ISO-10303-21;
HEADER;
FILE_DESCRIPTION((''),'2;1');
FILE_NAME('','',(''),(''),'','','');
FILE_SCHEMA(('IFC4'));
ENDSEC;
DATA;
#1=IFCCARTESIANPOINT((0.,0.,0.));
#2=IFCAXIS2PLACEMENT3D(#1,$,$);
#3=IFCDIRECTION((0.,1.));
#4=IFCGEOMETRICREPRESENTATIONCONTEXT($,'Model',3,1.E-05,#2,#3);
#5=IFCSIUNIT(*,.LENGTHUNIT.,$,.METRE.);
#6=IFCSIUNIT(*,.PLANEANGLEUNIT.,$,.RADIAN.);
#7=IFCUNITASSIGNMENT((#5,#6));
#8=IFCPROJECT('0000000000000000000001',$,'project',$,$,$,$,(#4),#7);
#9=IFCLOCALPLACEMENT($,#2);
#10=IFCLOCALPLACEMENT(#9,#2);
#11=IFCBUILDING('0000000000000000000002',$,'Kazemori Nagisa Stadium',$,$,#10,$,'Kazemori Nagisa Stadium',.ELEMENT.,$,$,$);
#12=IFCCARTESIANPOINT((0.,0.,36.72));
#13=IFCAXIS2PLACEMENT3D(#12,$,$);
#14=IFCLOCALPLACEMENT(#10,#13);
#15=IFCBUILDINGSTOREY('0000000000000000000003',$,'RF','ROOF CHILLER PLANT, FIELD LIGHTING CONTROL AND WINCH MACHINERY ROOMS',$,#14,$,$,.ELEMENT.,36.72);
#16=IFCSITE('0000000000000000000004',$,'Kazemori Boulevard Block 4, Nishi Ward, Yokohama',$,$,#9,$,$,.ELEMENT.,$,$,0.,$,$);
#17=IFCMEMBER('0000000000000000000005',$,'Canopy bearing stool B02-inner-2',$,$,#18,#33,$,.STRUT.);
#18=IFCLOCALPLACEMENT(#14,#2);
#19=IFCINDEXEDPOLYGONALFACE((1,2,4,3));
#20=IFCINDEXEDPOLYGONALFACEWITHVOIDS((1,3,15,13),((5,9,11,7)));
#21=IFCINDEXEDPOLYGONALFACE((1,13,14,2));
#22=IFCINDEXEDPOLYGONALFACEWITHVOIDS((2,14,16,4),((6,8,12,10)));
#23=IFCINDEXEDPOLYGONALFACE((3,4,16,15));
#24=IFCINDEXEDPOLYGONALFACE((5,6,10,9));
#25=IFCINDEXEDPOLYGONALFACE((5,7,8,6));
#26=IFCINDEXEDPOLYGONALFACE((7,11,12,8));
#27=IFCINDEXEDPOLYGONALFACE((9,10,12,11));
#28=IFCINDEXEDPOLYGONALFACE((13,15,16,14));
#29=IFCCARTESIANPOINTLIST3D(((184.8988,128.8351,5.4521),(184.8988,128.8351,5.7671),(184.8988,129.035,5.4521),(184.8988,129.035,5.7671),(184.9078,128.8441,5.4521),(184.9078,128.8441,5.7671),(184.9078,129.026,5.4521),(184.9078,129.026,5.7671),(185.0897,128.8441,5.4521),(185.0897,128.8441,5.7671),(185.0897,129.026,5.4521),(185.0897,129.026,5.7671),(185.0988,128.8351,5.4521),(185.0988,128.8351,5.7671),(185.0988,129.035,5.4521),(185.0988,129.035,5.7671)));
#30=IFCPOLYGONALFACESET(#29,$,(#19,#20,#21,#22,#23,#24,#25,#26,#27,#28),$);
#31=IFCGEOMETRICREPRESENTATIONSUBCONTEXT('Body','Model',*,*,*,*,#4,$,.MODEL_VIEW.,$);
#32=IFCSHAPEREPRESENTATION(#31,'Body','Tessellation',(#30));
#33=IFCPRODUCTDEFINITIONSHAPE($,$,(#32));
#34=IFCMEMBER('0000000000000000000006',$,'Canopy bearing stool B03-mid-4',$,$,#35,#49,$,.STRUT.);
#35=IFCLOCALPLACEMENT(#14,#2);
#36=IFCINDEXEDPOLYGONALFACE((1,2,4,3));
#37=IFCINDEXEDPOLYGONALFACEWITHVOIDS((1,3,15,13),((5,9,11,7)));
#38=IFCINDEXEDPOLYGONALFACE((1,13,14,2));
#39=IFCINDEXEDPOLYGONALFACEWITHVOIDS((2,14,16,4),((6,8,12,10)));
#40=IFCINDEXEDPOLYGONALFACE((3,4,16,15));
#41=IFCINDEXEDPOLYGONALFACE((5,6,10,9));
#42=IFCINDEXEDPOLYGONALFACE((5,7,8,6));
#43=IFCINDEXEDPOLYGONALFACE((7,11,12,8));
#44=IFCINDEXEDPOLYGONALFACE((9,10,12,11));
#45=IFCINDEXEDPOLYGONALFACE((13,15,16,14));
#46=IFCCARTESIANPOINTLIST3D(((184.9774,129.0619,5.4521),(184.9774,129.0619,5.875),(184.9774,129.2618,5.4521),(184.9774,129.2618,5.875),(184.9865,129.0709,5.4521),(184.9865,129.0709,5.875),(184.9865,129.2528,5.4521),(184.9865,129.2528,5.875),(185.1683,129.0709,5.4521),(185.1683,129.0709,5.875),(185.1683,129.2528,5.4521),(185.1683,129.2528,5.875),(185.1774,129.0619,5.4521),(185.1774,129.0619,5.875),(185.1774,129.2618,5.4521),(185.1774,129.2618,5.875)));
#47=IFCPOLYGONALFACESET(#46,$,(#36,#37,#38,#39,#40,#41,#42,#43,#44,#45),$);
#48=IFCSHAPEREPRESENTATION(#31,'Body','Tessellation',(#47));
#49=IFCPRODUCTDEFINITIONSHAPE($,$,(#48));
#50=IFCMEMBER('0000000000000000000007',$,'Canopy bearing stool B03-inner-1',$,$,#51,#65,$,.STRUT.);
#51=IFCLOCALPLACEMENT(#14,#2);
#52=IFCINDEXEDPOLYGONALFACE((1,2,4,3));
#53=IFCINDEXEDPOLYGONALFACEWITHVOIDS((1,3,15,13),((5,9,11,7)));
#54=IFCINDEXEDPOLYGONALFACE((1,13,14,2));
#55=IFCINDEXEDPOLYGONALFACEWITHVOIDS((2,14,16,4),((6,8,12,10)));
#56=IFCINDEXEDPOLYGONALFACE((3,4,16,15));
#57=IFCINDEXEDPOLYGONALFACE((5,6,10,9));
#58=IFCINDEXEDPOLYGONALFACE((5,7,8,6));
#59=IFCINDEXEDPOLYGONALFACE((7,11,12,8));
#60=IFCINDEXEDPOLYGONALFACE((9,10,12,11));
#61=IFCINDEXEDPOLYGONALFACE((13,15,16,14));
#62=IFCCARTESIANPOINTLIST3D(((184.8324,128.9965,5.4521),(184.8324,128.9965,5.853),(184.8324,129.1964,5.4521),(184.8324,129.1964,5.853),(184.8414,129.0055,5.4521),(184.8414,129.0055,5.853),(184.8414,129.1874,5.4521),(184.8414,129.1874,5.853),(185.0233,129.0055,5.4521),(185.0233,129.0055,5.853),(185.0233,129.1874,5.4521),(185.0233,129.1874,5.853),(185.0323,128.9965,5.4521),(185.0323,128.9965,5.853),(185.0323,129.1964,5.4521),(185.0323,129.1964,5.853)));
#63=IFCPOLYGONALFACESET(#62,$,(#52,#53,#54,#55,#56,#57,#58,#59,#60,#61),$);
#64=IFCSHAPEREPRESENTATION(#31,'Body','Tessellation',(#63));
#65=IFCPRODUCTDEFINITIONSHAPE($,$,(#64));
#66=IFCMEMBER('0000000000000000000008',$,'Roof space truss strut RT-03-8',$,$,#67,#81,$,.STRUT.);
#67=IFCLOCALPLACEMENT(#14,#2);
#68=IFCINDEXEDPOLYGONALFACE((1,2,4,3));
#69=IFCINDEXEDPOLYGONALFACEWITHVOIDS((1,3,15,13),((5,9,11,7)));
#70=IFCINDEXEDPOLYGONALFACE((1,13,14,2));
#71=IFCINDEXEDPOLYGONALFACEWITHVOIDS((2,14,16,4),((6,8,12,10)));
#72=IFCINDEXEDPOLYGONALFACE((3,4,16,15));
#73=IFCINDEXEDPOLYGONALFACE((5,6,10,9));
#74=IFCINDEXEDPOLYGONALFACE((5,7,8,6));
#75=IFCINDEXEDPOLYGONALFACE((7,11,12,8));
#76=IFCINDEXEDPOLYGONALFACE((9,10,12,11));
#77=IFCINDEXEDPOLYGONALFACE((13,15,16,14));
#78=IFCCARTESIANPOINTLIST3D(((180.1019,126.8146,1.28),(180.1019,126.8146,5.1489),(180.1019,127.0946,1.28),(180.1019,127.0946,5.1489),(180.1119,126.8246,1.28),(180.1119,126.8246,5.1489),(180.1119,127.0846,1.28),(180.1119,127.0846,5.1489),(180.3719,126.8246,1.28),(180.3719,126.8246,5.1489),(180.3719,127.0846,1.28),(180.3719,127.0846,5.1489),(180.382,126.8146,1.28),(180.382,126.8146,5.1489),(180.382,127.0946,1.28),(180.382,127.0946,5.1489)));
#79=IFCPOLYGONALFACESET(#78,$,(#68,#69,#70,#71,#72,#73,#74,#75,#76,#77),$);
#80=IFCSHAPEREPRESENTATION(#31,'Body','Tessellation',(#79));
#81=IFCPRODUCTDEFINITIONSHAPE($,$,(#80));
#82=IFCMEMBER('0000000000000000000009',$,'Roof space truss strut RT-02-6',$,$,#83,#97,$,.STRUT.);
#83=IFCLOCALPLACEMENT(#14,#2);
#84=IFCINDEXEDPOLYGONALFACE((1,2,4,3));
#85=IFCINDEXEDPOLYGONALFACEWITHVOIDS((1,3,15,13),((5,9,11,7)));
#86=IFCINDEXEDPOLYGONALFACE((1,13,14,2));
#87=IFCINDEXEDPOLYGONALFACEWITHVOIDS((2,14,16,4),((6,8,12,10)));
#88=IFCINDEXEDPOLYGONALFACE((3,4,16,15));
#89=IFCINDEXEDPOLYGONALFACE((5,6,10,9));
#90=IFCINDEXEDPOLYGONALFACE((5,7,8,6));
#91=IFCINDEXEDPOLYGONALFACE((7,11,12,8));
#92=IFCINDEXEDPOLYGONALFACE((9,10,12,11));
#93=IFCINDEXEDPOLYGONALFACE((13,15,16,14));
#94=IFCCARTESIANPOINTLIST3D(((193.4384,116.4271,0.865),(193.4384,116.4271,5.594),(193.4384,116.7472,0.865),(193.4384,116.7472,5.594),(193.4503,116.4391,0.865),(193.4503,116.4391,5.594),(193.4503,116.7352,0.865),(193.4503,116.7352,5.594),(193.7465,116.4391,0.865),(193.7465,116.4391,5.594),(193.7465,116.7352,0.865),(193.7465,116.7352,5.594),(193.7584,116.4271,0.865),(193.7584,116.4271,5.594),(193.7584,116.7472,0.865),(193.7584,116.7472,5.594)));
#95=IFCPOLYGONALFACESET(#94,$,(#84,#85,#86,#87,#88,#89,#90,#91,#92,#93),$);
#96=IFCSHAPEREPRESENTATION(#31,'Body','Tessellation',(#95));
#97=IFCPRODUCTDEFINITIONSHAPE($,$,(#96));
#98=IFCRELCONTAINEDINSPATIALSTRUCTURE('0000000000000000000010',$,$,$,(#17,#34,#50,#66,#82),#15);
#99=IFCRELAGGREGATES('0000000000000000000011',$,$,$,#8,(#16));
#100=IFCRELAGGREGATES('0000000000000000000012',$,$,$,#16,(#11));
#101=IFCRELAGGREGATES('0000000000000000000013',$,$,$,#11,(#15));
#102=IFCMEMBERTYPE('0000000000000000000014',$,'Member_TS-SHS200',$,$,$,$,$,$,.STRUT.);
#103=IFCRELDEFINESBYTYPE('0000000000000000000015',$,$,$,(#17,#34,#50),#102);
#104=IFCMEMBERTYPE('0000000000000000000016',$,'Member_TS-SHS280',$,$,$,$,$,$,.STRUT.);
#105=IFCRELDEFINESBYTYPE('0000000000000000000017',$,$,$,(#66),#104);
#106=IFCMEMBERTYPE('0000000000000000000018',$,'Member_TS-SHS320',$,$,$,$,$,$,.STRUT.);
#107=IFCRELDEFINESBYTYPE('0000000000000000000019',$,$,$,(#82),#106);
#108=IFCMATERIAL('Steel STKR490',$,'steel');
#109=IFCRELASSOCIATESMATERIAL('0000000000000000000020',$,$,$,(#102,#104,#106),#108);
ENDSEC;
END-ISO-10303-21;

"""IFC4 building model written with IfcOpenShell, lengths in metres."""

from ifc_helpers import new_model, si_unit, direction, frame, origin, origin_2d, place, context, subcontext, project, spatial, hollow_rectangle, extrude, material, material_profile, profile_set, type_object, element, save


model = new_model("IFC4")

# Units and contexts
model_context = context("Model", 3, precision=1e-05, world=origin(), true_north=direction((0.0, 1.0)))
body_context = subcontext(model_context, "Body", "Model", "MODEL_VIEW")
ifc_project = project(units=[si_unit("LENGTHUNIT", "METRE"), si_unit("PLANEANGLEUNIT", "RADIAN")], contexts=[model_context])

# Site, building, storey
site_placement = place(None, origin())
site = spatial("IfcSite", under=ifc_project, at=site_placement, Name="Kazemori Boulevard Block 4, Nishi Ward, Yokohama", CompositionType="ELEMENT", RefElevation=0.0)
building_placement = place(site_placement, origin())
building = spatial("IfcBuilding", under=site, at=building_placement, Name="Kazemori Nagisa Stadium", LongName="Kazemori Nagisa Stadium", CompositionType="ELEMENT")
storey_placement = place(building_placement, frame((0.0, 0.0, 36.72)))
storey = spatial("IfcBuildingStorey", under=building, at=storey_placement, Name="RF", Description="ROOF CHILLER PLANT, FIELD LIGHTING CONTROL AND WINCH MACHINERY ROOMS", CompositionType="ELEMENT", Elevation=36.72)

# Members
ifc_material_1 = material(Name="Steel STKR490", Category="steel")
ifc_material_profile_1 = material_profile(ifc_material_1, hollow_rectangle(XDim=0.2, YDim=0.2, WallThickness=0.009, at=origin_2d()), Name="SHS-200x200x9")
ifc_profile_set_1 = profile_set([ifc_material_profile_1], Name="Steel STKR490")
member_type_1 = type_object("IfcMemberType", Name="Member_TS-SHS200", PredefinedType="STRUT", material=ifc_profile_set_1)
member_1_placement = place(storey_placement, frame((184.9988, 128.9351, 5.4521), z_axis=(0.0, 0.0, 1.0), x_axis=(1.0, 0.0, 0.0)))
element("IfcMember", 1, at=member_1_placement, inside=storey, type_object=member_type_1, Name="Canopy bearing stool B02-inner-2", PredefinedType="STRUT", context=body_context, shape_type="SweptSolid", body=[
    extrude(hollow_rectangle(XDim=0.2, YDim=0.2, WallThickness=0.009, at=origin_2d()), origin(), (0.0, 0.0, 1.0), 0.3149),
])
member_2_placement = place(storey_placement, frame((185.0774, 129.1619, 5.4521), z_axis=(0.0, 0.0, 1.0), x_axis=(1.0, 0.0, 0.0)))
element("IfcMember", 2, at=member_2_placement, inside=storey, type_object=member_type_1, Name="Canopy bearing stool B03-mid-4", PredefinedType="STRUT", context=body_context, shape_type="SweptSolid", body=[
    extrude(hollow_rectangle(XDim=0.2, YDim=0.2, WallThickness=0.009, at=origin_2d()), origin(), (0.0, 0.0, 1.0), 0.4229),
])
member_3_placement = place(storey_placement, frame((184.9324, 129.0964, 5.4521), z_axis=(0.0, 0.0, 1.0), x_axis=(1.0, 0.0, 0.0)))
element("IfcMember", 3, at=member_3_placement, inside=storey, type_object=member_type_1, Name="Canopy bearing stool B03-inner-1", PredefinedType="STRUT", context=body_context, shape_type="SweptSolid", body=[
    extrude(hollow_rectangle(XDim=0.2, YDim=0.2, WallThickness=0.009, at=origin_2d()), origin(), (0.0, 0.0, 1.0), 0.4009),
])
ifc_material_profile_2 = material_profile(ifc_material_1, hollow_rectangle(XDim=0.28, YDim=0.28, WallThickness=0.01, at=origin_2d()), Name="SHS-280x280x10")
ifc_profile_set_2 = profile_set([ifc_material_profile_2], Name="Steel STKR490")
member_type_2 = type_object("IfcMemberType", Name="Member_TS-SHS280", PredefinedType="STRUT", material=ifc_profile_set_2)
member_4_placement = place(storey_placement, frame((180.2419, 126.9546, 1.28), z_axis=(0.0, 0.0, 1.0), x_axis=(1.0, 0.0, 0.0)))
element("IfcMember", 4, at=member_4_placement, inside=storey, type_object=member_type_2, Name="Roof space truss strut RT-03-8", PredefinedType="STRUT", context=body_context, shape_type="SweptSolid", body=[
    extrude(hollow_rectangle(XDim=0.28, YDim=0.28, WallThickness=0.01, at=origin_2d()), origin(), (0.0, 0.0, 1.0), 3.8689),
])
ifc_material_profile_3 = material_profile(ifc_material_1, hollow_rectangle(XDim=0.3201, YDim=0.3201, WallThickness=0.012, at=origin_2d()), Name="SHS-320x320x12")
ifc_profile_set_3 = profile_set([ifc_material_profile_3], Name="Steel STKR490")
member_type_3 = type_object("IfcMemberType", Name="Member_TS-SHS320", PredefinedType="STRUT", material=ifc_profile_set_3)
member_5_placement = place(storey_placement, frame((193.5984, 116.5872, 0.865), z_axis=(0.0, 0.0, 1.0), x_axis=(1.0, 0.0, 0.0)))
element("IfcMember", 5, at=member_5_placement, inside=storey, type_object=member_type_3, Name="Roof space truss strut RT-02-6", PredefinedType="STRUT", context=body_context, shape_type="SweptSolid", body=[
    extrude(hollow_rectangle(XDim=0.3201, YDim=0.3201, WallThickness=0.012, at=origin_2d()), origin(), (0.0, 0.0, 1.0), 4.729),
])

save(model, "model.ifc")
